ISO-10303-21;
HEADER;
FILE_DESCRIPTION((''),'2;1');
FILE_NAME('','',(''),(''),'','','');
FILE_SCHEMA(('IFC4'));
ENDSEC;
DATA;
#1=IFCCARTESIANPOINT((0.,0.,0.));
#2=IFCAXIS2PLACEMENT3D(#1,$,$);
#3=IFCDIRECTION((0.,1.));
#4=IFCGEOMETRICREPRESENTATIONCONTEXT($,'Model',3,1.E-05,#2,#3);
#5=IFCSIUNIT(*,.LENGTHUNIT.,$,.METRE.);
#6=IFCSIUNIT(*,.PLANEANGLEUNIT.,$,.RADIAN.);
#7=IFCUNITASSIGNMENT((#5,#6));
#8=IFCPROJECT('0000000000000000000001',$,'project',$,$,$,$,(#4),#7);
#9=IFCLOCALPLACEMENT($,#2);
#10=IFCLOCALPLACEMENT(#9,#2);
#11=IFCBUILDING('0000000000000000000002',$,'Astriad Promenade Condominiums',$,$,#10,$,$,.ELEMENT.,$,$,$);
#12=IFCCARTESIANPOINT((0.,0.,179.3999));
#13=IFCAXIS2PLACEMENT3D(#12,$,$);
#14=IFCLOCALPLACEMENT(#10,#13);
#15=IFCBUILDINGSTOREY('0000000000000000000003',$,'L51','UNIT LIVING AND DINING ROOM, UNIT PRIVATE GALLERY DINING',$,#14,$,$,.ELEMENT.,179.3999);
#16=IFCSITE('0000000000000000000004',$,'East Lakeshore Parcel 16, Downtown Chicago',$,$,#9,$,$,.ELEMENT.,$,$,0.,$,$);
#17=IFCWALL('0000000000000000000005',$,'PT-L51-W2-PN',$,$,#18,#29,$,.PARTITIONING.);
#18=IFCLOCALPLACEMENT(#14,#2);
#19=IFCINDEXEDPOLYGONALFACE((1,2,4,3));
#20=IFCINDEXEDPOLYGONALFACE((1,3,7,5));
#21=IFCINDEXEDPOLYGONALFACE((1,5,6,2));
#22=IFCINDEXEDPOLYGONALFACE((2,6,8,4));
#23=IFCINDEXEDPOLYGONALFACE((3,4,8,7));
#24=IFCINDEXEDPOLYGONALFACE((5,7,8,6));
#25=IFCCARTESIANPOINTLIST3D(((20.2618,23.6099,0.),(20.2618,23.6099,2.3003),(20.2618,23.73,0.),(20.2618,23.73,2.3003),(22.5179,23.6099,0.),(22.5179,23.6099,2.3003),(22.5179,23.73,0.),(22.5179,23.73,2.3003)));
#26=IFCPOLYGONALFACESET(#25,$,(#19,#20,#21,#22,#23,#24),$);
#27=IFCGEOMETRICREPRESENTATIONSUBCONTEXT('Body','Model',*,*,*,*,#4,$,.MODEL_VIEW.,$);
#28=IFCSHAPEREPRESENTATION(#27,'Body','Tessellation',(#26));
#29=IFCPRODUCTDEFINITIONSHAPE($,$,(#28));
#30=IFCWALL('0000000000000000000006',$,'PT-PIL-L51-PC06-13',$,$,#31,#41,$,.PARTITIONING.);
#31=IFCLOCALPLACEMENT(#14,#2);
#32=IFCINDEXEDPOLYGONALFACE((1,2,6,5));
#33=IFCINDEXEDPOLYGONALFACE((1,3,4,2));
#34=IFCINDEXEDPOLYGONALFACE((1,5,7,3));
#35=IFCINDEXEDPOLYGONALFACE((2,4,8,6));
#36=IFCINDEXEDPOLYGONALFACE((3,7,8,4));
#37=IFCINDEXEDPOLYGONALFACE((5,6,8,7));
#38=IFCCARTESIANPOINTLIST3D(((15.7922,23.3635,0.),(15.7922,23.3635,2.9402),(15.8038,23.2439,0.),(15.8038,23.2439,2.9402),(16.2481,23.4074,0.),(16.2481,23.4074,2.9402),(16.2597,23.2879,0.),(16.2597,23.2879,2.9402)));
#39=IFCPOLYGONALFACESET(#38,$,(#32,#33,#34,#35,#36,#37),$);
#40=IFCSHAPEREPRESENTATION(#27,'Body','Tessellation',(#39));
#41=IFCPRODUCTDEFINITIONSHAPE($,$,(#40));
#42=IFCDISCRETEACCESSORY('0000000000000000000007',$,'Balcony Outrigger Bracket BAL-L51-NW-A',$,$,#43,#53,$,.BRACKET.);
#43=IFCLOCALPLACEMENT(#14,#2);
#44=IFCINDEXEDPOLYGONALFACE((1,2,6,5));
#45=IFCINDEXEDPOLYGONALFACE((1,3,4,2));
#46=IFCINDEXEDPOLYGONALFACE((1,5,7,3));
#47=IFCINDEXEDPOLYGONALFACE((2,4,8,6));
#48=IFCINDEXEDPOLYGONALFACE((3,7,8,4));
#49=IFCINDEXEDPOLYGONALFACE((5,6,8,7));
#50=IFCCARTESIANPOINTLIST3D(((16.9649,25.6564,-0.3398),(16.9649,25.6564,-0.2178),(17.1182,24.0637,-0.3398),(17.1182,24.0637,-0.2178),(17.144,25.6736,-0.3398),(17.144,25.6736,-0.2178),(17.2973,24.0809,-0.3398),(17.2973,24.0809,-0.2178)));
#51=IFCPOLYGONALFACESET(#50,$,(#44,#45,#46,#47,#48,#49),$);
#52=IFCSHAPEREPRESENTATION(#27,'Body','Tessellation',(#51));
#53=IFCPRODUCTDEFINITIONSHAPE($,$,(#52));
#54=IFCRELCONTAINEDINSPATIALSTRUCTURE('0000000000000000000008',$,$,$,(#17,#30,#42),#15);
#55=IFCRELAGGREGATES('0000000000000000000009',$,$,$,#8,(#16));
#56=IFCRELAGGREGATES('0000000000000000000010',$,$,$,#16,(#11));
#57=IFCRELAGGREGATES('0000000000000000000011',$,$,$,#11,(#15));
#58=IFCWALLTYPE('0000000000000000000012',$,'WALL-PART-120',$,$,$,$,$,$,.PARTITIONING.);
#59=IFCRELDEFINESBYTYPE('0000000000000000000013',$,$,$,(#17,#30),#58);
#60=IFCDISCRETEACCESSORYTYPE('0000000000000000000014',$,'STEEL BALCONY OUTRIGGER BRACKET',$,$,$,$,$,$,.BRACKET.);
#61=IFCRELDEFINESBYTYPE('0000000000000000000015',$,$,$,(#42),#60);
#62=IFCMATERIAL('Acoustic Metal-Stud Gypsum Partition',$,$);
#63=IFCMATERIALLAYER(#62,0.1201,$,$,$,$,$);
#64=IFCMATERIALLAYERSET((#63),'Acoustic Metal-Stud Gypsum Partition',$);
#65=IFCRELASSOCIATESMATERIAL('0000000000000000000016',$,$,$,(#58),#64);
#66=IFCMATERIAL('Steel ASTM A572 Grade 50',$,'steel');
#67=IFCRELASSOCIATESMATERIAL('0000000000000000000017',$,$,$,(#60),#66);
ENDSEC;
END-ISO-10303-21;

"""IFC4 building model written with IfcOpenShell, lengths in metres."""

from ifc_helpers import new_model, si_unit, direction, frame, frame_2d, origin, origin_2d, place, context, subcontext, project, spatial, rectangle, extrude, source, transform, mapped, material, layer, layer_set, type_object, type_shapes, element, save


model = new_model("IFC4")

# Units and contexts
model_context = context("Model", 3, precision=1e-05, world=origin(), true_north=direction((0.0, 1.0)))
body_context = subcontext(model_context, "Body", "Model", "MODEL_VIEW")
ifc_project = project(units=[si_unit("LENGTHUNIT", "METRE"), si_unit("PLANEANGLEUNIT", "RADIAN")], contexts=[model_context])

# Site, building, storey
site_placement = place(None, origin())
site = spatial("IfcSite", under=ifc_project, at=site_placement, Name="East Lakeshore Parcel 16, Downtown Chicago", CompositionType="ELEMENT", RefElevation=0.0)
building_placement = place(site_placement, origin())
building = spatial("IfcBuilding", under=site, at=building_placement, Name="Astriad Promenade Condominiums", CompositionType="ELEMENT")
storey_placement = place(building_placement, frame((0.0, 0.0, 179.3999)))
storey = spatial("IfcBuildingStorey", under=building, at=storey_placement, Name="L51", Description="UNIT LIVING AND DINING ROOM, UNIT PRIVATE GALLERY DINING", CompositionType="ELEMENT", Elevation=179.3999)

# Shared definitions
ifc_material_1 = material(Name="Acoustic Metal-Stud Gypsum Partition")
ifc_layer_1 = layer(ifc_material_1, 0.1201)
ifc_layer_set_1 = layer_set([ifc_layer_1], Name="Acoustic Metal-Stud Gypsum Partition")
wall_type_1 = type_object("IfcWallType", Name="WALL-PART-120", PredefinedType="PARTITIONING", material=ifc_layer_set_1)

# Walls
wall_1_placement = place(storey_placement, frame((20.262, 23.6699, 0.0), z_axis=(0.0, 0.0, 1.0), x_axis=(1.0, 0.0, 0.0)))
element("IfcWall", 1, at=wall_1_placement, inside=storey, type_object=wall_type_1, Name="PT-L51-W2-PN", PredefinedType="PARTITIONING", context=body_context, shape_type="SweptSolid", body=[
    extrude(rectangle(XDim=2.2561, YDim=0.1201, at=frame_2d((1.1279, 0.0))), origin(), (0.0, 0.0, 1.0), 2.3003),
])
wall_2_placement = place(storey_placement, frame((16.2539, 23.3477, 0.0), z_axis=(0.0, 0.0, 1.0), x_axis=(-0.995385, -0.095966, 0.0)))
element("IfcWall", 2, at=wall_2_placement, inside=storey, type_object=wall_type_1, Name="PT-PIL-L51-PC06-13", PredefinedType="PARTITIONING", context=body_context, shape_type="SweptSolid", body=[
    extrude(rectangle(XDim=0.458, YDim=0.1201, at=frame_2d((0.229, 0.0))), origin(), (0.0, 0.0, 1.0), 2.9402),
])

# Discrete accessory
ifc_material_2 = material(Name="Steel ASTM A572 Grade 50", Category="steel")
discrete_accessory_type = type_object("IfcDiscreteAccessoryType", Name="STEEL BALCONY OUTRIGGER BRACKET", PredefinedType="BRACKET", material=ifc_material_2)
shared_shape_1 = source(origin(), body_context, "Body", "SweptSolid", [
    extrude(rectangle(XDim=1.6001, YDim=0.1799, at=origin_2d()), origin(), (0.0, 0.0, 1.0), 0.1221),
])
type_shapes(discrete_accessory_type, [shared_shape_1])
discrete_accessory_placement = place(storey_placement, frame((17.1311, 24.8687, -0.3398), z_axis=(0.0, 0.0, 1.0), x_axis=(-0.095846, 0.995396, 0.0)))
element("IfcDiscreteAccessory", 3, at=discrete_accessory_placement, inside=storey, type_object=discrete_accessory_type, Name="Balcony Outrigger Bracket BAL-L51-NW-A", PredefinedType="BRACKET", context=body_context, shape_type="MappedRepresentation", body=[
    mapped(shared_shape_1, transform((0.0, 0.0, 0.0), scale=1.0)),
])

save(model, "model.ifc")
